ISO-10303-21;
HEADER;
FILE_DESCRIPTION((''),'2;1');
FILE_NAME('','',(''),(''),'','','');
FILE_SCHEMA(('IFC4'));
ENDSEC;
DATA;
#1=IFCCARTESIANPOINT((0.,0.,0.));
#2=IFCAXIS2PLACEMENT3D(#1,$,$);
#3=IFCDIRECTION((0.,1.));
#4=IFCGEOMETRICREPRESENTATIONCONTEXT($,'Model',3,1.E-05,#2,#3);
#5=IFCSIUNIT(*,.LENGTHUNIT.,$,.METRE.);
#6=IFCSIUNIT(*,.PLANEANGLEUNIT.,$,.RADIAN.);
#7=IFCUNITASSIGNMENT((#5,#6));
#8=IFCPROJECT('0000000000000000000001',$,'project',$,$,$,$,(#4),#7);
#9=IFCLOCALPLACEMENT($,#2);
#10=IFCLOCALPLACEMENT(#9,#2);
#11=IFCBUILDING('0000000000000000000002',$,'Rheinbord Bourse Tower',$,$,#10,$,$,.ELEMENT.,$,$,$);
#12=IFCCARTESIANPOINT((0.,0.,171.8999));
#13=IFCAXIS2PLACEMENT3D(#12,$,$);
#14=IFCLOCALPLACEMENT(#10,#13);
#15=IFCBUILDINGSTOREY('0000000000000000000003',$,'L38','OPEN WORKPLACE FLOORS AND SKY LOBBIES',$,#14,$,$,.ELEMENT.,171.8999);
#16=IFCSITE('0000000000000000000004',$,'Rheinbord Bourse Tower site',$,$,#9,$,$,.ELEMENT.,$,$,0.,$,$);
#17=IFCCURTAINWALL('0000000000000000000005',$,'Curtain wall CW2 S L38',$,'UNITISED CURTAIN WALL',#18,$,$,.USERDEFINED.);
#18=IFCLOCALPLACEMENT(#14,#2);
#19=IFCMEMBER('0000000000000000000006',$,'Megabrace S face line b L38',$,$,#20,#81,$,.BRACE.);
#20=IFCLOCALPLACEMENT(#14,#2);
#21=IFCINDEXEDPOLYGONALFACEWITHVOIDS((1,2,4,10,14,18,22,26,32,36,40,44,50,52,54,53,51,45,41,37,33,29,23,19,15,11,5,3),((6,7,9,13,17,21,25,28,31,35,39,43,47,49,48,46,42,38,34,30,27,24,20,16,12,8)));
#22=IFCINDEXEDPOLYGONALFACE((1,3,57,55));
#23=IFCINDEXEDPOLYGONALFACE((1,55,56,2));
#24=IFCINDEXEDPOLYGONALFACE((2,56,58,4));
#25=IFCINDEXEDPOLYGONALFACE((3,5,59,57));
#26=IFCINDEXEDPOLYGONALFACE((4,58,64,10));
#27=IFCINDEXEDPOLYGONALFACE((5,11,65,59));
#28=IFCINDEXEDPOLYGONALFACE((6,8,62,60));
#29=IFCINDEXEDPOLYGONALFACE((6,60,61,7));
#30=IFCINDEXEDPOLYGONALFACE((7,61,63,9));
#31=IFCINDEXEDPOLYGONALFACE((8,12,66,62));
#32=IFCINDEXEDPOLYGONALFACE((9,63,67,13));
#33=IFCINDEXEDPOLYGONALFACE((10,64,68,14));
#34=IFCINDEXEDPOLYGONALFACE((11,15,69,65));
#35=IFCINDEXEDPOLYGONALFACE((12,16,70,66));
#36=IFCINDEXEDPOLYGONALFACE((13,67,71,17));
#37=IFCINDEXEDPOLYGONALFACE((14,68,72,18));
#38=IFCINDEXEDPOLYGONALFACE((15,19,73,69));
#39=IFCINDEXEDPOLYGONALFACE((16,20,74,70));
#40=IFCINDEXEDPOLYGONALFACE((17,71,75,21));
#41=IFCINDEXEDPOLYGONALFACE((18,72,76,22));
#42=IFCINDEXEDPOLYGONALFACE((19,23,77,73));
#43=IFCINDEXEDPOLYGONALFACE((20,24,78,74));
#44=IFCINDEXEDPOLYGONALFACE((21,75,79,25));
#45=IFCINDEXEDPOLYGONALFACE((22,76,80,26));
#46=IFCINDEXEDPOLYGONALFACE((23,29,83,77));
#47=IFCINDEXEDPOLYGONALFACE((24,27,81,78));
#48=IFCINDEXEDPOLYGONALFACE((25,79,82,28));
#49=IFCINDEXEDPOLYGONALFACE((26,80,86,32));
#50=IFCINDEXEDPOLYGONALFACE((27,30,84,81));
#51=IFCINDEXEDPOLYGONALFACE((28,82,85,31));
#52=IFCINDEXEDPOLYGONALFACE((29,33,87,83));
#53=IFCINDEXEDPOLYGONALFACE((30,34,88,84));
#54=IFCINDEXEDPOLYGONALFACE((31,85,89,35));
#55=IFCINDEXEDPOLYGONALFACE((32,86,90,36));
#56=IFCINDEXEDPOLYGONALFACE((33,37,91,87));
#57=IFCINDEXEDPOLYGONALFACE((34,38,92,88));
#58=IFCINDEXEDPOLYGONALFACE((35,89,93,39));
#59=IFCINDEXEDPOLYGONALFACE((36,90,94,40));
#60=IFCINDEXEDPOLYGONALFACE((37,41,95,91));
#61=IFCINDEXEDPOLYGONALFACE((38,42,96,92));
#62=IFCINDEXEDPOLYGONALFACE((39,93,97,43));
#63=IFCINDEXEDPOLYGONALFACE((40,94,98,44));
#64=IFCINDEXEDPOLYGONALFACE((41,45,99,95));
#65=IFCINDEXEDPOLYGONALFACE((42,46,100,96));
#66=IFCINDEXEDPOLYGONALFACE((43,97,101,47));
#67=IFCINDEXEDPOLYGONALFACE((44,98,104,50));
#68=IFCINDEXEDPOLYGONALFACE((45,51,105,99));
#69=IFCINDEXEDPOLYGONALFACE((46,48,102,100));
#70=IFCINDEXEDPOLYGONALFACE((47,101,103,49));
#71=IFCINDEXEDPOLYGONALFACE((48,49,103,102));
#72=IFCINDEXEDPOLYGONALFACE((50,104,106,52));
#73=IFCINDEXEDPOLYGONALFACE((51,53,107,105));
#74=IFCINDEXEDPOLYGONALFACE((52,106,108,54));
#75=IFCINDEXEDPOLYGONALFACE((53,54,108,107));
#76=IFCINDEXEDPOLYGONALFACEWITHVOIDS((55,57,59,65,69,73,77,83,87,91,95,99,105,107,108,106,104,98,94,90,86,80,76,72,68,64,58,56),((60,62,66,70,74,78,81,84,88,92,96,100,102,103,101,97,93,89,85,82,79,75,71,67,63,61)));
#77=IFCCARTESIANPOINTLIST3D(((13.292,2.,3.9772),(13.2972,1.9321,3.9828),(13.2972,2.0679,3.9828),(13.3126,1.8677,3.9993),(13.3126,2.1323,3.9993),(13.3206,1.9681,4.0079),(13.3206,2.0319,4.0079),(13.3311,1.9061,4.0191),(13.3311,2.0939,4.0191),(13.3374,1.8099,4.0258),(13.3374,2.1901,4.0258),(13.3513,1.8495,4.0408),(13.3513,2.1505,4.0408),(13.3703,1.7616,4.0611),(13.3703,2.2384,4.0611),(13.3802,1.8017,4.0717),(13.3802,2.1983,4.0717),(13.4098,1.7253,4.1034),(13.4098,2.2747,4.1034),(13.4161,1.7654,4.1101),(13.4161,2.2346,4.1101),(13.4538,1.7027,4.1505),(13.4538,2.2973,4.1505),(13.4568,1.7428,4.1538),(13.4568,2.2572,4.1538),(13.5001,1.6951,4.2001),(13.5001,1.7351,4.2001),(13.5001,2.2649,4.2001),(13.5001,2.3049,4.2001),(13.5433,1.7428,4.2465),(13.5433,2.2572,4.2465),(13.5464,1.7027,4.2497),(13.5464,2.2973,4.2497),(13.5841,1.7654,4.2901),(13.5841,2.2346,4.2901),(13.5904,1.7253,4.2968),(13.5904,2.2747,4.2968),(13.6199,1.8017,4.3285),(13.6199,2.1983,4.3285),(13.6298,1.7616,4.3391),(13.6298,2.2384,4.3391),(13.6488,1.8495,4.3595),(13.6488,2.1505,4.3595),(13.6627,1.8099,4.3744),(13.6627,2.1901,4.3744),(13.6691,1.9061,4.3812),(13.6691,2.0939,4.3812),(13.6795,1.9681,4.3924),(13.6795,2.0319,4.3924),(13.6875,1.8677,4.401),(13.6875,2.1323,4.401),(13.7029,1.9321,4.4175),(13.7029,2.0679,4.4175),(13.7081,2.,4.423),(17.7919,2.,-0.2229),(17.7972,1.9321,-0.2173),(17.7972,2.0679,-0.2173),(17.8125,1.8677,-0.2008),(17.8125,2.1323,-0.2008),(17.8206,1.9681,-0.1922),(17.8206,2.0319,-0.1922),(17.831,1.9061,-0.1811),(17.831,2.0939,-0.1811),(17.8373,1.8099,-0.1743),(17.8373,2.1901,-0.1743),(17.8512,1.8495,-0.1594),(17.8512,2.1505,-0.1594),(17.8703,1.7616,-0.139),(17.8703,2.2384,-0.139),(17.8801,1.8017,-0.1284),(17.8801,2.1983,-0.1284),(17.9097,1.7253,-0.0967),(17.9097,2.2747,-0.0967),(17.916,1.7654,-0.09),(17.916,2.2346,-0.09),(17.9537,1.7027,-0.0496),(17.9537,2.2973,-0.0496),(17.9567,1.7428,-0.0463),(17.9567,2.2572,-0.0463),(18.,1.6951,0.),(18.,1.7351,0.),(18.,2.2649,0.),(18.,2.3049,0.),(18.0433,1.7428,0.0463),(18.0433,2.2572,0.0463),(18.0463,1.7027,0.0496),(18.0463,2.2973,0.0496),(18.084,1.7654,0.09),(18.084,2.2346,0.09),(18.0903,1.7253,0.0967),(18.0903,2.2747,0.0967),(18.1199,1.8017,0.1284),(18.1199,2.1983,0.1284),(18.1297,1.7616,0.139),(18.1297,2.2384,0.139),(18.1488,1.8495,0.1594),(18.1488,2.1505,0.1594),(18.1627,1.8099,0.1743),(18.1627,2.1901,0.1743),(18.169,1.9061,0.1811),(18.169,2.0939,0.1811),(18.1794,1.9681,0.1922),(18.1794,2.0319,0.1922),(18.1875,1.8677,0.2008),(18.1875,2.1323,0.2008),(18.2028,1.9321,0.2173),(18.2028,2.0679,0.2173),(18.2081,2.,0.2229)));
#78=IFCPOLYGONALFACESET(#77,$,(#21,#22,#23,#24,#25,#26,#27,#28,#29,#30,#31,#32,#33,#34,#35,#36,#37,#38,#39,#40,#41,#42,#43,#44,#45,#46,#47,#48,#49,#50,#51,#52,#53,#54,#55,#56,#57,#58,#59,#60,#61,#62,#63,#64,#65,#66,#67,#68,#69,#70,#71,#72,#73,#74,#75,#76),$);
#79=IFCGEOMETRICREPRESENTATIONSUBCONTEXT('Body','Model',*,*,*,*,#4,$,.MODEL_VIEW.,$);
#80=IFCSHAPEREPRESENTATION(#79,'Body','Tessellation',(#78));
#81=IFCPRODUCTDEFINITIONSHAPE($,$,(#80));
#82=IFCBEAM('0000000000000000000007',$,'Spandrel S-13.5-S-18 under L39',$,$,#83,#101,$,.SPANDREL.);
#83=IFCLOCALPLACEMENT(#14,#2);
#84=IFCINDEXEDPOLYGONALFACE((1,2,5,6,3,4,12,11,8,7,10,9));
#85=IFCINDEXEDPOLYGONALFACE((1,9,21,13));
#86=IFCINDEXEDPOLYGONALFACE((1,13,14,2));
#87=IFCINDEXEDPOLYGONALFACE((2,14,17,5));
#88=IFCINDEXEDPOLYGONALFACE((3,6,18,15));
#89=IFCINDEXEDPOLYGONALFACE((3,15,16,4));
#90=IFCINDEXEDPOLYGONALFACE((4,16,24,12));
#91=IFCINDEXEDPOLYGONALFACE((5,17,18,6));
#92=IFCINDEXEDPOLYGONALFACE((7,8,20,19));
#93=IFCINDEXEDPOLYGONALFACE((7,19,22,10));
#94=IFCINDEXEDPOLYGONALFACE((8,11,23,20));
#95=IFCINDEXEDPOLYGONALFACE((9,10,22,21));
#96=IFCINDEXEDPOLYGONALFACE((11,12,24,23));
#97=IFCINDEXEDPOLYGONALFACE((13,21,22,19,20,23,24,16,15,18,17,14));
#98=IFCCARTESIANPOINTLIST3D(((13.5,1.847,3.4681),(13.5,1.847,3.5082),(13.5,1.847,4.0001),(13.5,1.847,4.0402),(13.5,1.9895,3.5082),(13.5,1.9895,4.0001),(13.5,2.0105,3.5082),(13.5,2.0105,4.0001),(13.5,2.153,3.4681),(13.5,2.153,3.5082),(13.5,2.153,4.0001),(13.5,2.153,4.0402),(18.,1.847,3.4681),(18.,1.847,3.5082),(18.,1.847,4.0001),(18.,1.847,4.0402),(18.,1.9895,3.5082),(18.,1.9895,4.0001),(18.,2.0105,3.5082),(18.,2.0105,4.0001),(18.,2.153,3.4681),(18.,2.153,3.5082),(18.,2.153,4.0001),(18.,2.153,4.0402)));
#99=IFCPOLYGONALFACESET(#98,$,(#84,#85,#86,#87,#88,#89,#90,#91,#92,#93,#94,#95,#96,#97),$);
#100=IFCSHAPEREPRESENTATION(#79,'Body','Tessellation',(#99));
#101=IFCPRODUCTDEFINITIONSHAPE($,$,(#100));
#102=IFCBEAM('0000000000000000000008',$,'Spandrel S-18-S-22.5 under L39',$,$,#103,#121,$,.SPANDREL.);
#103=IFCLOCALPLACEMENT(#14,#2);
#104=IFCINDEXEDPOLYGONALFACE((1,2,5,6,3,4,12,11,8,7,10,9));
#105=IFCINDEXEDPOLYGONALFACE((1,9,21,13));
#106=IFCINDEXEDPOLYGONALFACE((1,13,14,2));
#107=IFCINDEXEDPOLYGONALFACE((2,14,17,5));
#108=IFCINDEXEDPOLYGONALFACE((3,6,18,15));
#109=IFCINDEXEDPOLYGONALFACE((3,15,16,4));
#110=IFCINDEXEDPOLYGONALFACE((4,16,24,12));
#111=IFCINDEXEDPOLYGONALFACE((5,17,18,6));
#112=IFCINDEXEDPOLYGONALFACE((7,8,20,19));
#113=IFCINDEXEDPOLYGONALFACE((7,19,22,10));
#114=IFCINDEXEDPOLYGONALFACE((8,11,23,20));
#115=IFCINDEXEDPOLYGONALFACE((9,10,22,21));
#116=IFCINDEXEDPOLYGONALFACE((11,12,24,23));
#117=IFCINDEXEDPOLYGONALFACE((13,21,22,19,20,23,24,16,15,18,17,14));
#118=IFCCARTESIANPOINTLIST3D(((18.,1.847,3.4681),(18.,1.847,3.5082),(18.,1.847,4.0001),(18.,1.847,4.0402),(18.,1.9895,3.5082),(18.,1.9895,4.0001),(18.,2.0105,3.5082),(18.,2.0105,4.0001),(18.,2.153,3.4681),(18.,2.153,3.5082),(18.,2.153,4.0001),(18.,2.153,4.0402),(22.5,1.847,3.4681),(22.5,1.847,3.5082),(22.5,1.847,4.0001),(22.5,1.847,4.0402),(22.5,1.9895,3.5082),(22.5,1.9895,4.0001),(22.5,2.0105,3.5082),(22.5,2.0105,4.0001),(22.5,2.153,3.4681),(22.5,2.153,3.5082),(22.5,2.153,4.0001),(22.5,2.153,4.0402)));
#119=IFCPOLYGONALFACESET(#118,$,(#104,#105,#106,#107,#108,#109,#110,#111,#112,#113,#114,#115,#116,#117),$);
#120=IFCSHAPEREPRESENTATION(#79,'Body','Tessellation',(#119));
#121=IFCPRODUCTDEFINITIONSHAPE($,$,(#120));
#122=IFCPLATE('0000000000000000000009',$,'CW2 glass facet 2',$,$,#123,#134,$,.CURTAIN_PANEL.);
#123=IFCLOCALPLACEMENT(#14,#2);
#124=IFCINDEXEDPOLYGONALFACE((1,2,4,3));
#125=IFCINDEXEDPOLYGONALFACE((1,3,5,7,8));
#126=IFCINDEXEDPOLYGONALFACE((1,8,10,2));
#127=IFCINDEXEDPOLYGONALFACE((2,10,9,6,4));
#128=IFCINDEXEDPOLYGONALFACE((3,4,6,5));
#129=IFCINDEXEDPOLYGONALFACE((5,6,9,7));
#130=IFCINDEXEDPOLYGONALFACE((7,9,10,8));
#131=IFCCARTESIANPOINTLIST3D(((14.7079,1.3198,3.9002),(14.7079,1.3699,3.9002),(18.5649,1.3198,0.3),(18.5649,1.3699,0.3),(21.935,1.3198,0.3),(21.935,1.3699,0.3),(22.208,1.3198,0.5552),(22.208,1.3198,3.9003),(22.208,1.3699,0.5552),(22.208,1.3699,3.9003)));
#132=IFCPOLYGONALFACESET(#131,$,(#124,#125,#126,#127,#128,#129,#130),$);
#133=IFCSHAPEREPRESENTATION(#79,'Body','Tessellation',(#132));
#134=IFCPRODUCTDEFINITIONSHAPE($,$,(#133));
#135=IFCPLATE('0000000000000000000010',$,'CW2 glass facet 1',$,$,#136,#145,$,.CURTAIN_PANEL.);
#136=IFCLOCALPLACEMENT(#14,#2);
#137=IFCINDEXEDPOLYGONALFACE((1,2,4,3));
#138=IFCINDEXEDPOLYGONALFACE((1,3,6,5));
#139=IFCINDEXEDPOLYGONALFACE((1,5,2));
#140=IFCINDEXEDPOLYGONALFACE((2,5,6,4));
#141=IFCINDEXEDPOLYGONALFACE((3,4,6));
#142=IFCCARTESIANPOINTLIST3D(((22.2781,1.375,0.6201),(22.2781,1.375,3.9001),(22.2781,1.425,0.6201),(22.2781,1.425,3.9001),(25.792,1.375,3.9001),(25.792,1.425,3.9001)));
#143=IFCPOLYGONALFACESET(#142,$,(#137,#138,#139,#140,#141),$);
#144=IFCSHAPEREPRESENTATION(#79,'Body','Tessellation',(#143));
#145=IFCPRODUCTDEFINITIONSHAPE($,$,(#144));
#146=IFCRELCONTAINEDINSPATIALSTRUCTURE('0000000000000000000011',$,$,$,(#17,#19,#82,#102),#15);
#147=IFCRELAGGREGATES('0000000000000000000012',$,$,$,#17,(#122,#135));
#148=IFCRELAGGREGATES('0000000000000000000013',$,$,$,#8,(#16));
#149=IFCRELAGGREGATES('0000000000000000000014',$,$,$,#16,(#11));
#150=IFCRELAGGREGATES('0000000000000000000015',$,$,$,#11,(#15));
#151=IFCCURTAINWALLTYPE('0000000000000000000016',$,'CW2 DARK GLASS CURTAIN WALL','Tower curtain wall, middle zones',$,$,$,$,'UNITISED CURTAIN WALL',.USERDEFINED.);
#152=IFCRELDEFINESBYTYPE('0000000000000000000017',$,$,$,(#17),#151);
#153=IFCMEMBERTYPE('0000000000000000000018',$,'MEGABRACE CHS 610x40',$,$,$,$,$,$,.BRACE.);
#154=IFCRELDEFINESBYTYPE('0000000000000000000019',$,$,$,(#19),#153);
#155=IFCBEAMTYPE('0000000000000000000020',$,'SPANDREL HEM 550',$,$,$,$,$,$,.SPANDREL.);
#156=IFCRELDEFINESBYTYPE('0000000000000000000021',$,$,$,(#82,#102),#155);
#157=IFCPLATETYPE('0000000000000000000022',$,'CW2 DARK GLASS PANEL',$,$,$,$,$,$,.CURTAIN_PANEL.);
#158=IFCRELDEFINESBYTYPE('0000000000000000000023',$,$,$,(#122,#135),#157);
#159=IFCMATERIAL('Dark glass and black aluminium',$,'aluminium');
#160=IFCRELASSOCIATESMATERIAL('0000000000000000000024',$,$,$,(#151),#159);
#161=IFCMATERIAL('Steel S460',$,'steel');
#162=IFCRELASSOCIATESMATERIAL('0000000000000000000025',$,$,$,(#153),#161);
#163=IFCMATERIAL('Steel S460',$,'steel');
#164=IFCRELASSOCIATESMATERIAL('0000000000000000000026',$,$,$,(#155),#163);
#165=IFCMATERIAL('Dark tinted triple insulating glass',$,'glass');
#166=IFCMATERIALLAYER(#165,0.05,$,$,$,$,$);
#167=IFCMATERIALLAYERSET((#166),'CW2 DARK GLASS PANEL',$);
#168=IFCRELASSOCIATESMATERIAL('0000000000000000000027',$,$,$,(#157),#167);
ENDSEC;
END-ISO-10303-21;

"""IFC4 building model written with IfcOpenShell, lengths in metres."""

from ifc_helpers import new_model, si_unit, direction, frame, origin, origin_2d, place, context, subcontext, project, spatial, polyline, hollow_circle, i_section, outline, extrude, material, layer, layer_set, material_profile, profile_set, type_object, element, aggregate, save


model = new_model("IFC4")

# Units and contexts
model_context = context("Model", 3, precision=1e-05, world=origin(), true_north=direction((0.0, 1.0)))
body_context = subcontext(model_context, "Body", "Model", "MODEL_VIEW")
ifc_project = project(units=[si_unit("LENGTHUNIT", "METRE"), si_unit("PLANEANGLEUNIT", "RADIAN")], contexts=[model_context])

# Site, building, storey
site_placement = place(None, origin())
site = spatial("IfcSite", under=ifc_project, at=site_placement, Name="Rheinbord Bourse Tower site", CompositionType="ELEMENT", RefElevation=0.0)
building_placement = place(site_placement, origin())
building = spatial("IfcBuilding", under=site, at=building_placement, Name="Rheinbord Bourse Tower", CompositionType="ELEMENT")
storey_placement = place(building_placement, frame((0.0, 0.0, 171.8999)))
storey = spatial("IfcBuildingStorey", under=building, at=storey_placement, Name="L38", Description="OPEN WORKPLACE FLOORS AND SKY LOBBIES", CompositionType="ELEMENT", Elevation=171.8999)

# Curtain wall
ifc_material_1 = material(Name="Dark glass and black aluminium", Category="aluminium")
curtain_wall_type = type_object("IfcCurtainWallType", Name="CW2 DARK GLASS CURTAIN WALL", Description="Tower curtain wall, middle zones", ElementType="UNITISED CURTAIN WALL", PredefinedType="USERDEFINED", material=ifc_material_1)
curtain_wall_placement = place(storey_placement, origin())
curtain_wall = element("IfcCurtainWall", 1, at=curtain_wall_placement, inside=storey, type_object=curtain_wall_type, Name="Curtain wall CW2 S L38", ObjectType="UNITISED CURTAIN WALL", PredefinedType="USERDEFINED")

# Member
ifc_material_2 = material(Name="Steel S460", Category="steel")
ifc_material_profile_1 = material_profile(ifc_material_2, hollow_circle(Radius=0.3049, WallThickness=0.04, at=origin_2d()), Name="CHS 610x40")
ifc_profile_set_1 = profile_set([ifc_material_profile_1], Name="Steel S460")
member_type_1 = type_object("IfcMemberType", Name="MEGABRACE CHS 610x40", PredefinedType="BRACE", material=ifc_profile_set_1)
member_1_placement = place(storey_placement, frame((18.0, 2.0, 0.0), z_axis=(-0.731039, 0.0, 0.682335), x_axis=(0.0, -1.0, 0.0)))
element("IfcMember", 2, at=member_1_placement, inside=storey, type_object=member_type_1, Name="Megabrace S face line b L38", PredefinedType="BRACE", context=body_context, shape_type="SweptSolid", body=[
    extrude(hollow_circle(Radius=0.3049, WallThickness=0.04, at=origin_2d()), origin(), (0.0, 0.0, 1.0), 6.1555),
])

# Beams
ifc_material_3 = material(Name="Steel S460", Category="steel")
ifc_material_profile_2 = material_profile(ifc_material_3, i_section(OverallWidth=0.3059, OverallDepth=0.572, WebThickness=0.021, FlangeThickness=0.04, at=origin_2d()), Name="HEM 550")
ifc_profile_set_2 = profile_set([ifc_material_profile_2], Name="Steel S460")
beam_type_1 = type_object("IfcBeamType", Name="SPANDREL HEM 550", PredefinedType="SPANDREL", material=ifc_profile_set_2)
for number, where, z_axis, x_axis, name in (
    (3, (13.5, 2.0, 3.7542), (1.0, 0.0, 0.0), (0.0, 1.0, 0.0), "Spandrel S-13.5-S-18 under L39"),
    (4, (18.0, 2.0, 3.7542), (1.0, 0.0, 0.0), (0.0, 1.0, 0.0), "Spandrel S-18-S-22.5 under L39"),
):
    element("IfcBeam", number, at=place(storey_placement, frame(where, z_axis=z_axis, x_axis=x_axis)), inside=storey, type_object=beam_type_1, Name=name, PredefinedType="SPANDREL", context=body_context, shape_type="SweptSolid", body=[
        extrude(i_section(OverallWidth=0.3059, OverallDepth=0.572, WebThickness=0.021, FlangeThickness=0.04, at=origin_2d()), origin(), (0.0, 0.0, 1.0), 4.5),
    ])

# Plates
ifc_material_4 = material(Name="Dark tinted triple insulating glass", Category="glass")
ifc_layer = layer(ifc_material_4, 0.05)
ifc_layer_set = layer_set([ifc_layer], Name="CW2 DARK GLASS PANEL")
plate_type = type_object("IfcPlateType", Name="CW2 DARK GLASS PANEL", PredefinedType="CURTAIN_PANEL", material=ifc_layer_set)
plate_1_placement = place(storey_placement, frame((18.5649, 1.3198, 0.3), z_axis=(0.0, 1.0, 0.0), x_axis=(-0.731028, 0.0, 0.682348)))
plate_1 = element("IfcPlate", 5, at=plate_1_placement, type_object=plate_type, Name="CW2 glass facet 2", PredefinedType="CURTAIN_PANEL", context=body_context, shape_type="SweptSolid", body=[
    extrude(outline(polyline([(0.0, 0.0), (5.2761, 0.0), (-0.2065, 5.1177), (-2.489, 2.6724), (-2.4636, 2.2996), (0.0, 0.0)])), origin(), (0.0, 0.0, 1.0), 0.05),
])
plate_2_placement = place(storey_placement, frame((22.2781, 1.375, 3.9001), z_axis=(0.0, 1.0, 0.0), x_axis=(1.0, 0.0, 0.0)))
plate_2 = element("IfcPlate", 6, at=plate_2_placement, type_object=plate_type, Name="CW2 glass facet 1", PredefinedType="CURTAIN_PANEL", context=body_context, shape_type="SweptSolid", body=[
    extrude(outline(polyline([(0.0, 0.0), (3.5139, 0.0), (0.0, 3.28), (0.0, 0.0)])), origin(), (0.0, 0.0, 1.0), 0.05),
])
aggregate(curtain_wall, [plate_1, plate_2])

save(model, "model.ifc")
